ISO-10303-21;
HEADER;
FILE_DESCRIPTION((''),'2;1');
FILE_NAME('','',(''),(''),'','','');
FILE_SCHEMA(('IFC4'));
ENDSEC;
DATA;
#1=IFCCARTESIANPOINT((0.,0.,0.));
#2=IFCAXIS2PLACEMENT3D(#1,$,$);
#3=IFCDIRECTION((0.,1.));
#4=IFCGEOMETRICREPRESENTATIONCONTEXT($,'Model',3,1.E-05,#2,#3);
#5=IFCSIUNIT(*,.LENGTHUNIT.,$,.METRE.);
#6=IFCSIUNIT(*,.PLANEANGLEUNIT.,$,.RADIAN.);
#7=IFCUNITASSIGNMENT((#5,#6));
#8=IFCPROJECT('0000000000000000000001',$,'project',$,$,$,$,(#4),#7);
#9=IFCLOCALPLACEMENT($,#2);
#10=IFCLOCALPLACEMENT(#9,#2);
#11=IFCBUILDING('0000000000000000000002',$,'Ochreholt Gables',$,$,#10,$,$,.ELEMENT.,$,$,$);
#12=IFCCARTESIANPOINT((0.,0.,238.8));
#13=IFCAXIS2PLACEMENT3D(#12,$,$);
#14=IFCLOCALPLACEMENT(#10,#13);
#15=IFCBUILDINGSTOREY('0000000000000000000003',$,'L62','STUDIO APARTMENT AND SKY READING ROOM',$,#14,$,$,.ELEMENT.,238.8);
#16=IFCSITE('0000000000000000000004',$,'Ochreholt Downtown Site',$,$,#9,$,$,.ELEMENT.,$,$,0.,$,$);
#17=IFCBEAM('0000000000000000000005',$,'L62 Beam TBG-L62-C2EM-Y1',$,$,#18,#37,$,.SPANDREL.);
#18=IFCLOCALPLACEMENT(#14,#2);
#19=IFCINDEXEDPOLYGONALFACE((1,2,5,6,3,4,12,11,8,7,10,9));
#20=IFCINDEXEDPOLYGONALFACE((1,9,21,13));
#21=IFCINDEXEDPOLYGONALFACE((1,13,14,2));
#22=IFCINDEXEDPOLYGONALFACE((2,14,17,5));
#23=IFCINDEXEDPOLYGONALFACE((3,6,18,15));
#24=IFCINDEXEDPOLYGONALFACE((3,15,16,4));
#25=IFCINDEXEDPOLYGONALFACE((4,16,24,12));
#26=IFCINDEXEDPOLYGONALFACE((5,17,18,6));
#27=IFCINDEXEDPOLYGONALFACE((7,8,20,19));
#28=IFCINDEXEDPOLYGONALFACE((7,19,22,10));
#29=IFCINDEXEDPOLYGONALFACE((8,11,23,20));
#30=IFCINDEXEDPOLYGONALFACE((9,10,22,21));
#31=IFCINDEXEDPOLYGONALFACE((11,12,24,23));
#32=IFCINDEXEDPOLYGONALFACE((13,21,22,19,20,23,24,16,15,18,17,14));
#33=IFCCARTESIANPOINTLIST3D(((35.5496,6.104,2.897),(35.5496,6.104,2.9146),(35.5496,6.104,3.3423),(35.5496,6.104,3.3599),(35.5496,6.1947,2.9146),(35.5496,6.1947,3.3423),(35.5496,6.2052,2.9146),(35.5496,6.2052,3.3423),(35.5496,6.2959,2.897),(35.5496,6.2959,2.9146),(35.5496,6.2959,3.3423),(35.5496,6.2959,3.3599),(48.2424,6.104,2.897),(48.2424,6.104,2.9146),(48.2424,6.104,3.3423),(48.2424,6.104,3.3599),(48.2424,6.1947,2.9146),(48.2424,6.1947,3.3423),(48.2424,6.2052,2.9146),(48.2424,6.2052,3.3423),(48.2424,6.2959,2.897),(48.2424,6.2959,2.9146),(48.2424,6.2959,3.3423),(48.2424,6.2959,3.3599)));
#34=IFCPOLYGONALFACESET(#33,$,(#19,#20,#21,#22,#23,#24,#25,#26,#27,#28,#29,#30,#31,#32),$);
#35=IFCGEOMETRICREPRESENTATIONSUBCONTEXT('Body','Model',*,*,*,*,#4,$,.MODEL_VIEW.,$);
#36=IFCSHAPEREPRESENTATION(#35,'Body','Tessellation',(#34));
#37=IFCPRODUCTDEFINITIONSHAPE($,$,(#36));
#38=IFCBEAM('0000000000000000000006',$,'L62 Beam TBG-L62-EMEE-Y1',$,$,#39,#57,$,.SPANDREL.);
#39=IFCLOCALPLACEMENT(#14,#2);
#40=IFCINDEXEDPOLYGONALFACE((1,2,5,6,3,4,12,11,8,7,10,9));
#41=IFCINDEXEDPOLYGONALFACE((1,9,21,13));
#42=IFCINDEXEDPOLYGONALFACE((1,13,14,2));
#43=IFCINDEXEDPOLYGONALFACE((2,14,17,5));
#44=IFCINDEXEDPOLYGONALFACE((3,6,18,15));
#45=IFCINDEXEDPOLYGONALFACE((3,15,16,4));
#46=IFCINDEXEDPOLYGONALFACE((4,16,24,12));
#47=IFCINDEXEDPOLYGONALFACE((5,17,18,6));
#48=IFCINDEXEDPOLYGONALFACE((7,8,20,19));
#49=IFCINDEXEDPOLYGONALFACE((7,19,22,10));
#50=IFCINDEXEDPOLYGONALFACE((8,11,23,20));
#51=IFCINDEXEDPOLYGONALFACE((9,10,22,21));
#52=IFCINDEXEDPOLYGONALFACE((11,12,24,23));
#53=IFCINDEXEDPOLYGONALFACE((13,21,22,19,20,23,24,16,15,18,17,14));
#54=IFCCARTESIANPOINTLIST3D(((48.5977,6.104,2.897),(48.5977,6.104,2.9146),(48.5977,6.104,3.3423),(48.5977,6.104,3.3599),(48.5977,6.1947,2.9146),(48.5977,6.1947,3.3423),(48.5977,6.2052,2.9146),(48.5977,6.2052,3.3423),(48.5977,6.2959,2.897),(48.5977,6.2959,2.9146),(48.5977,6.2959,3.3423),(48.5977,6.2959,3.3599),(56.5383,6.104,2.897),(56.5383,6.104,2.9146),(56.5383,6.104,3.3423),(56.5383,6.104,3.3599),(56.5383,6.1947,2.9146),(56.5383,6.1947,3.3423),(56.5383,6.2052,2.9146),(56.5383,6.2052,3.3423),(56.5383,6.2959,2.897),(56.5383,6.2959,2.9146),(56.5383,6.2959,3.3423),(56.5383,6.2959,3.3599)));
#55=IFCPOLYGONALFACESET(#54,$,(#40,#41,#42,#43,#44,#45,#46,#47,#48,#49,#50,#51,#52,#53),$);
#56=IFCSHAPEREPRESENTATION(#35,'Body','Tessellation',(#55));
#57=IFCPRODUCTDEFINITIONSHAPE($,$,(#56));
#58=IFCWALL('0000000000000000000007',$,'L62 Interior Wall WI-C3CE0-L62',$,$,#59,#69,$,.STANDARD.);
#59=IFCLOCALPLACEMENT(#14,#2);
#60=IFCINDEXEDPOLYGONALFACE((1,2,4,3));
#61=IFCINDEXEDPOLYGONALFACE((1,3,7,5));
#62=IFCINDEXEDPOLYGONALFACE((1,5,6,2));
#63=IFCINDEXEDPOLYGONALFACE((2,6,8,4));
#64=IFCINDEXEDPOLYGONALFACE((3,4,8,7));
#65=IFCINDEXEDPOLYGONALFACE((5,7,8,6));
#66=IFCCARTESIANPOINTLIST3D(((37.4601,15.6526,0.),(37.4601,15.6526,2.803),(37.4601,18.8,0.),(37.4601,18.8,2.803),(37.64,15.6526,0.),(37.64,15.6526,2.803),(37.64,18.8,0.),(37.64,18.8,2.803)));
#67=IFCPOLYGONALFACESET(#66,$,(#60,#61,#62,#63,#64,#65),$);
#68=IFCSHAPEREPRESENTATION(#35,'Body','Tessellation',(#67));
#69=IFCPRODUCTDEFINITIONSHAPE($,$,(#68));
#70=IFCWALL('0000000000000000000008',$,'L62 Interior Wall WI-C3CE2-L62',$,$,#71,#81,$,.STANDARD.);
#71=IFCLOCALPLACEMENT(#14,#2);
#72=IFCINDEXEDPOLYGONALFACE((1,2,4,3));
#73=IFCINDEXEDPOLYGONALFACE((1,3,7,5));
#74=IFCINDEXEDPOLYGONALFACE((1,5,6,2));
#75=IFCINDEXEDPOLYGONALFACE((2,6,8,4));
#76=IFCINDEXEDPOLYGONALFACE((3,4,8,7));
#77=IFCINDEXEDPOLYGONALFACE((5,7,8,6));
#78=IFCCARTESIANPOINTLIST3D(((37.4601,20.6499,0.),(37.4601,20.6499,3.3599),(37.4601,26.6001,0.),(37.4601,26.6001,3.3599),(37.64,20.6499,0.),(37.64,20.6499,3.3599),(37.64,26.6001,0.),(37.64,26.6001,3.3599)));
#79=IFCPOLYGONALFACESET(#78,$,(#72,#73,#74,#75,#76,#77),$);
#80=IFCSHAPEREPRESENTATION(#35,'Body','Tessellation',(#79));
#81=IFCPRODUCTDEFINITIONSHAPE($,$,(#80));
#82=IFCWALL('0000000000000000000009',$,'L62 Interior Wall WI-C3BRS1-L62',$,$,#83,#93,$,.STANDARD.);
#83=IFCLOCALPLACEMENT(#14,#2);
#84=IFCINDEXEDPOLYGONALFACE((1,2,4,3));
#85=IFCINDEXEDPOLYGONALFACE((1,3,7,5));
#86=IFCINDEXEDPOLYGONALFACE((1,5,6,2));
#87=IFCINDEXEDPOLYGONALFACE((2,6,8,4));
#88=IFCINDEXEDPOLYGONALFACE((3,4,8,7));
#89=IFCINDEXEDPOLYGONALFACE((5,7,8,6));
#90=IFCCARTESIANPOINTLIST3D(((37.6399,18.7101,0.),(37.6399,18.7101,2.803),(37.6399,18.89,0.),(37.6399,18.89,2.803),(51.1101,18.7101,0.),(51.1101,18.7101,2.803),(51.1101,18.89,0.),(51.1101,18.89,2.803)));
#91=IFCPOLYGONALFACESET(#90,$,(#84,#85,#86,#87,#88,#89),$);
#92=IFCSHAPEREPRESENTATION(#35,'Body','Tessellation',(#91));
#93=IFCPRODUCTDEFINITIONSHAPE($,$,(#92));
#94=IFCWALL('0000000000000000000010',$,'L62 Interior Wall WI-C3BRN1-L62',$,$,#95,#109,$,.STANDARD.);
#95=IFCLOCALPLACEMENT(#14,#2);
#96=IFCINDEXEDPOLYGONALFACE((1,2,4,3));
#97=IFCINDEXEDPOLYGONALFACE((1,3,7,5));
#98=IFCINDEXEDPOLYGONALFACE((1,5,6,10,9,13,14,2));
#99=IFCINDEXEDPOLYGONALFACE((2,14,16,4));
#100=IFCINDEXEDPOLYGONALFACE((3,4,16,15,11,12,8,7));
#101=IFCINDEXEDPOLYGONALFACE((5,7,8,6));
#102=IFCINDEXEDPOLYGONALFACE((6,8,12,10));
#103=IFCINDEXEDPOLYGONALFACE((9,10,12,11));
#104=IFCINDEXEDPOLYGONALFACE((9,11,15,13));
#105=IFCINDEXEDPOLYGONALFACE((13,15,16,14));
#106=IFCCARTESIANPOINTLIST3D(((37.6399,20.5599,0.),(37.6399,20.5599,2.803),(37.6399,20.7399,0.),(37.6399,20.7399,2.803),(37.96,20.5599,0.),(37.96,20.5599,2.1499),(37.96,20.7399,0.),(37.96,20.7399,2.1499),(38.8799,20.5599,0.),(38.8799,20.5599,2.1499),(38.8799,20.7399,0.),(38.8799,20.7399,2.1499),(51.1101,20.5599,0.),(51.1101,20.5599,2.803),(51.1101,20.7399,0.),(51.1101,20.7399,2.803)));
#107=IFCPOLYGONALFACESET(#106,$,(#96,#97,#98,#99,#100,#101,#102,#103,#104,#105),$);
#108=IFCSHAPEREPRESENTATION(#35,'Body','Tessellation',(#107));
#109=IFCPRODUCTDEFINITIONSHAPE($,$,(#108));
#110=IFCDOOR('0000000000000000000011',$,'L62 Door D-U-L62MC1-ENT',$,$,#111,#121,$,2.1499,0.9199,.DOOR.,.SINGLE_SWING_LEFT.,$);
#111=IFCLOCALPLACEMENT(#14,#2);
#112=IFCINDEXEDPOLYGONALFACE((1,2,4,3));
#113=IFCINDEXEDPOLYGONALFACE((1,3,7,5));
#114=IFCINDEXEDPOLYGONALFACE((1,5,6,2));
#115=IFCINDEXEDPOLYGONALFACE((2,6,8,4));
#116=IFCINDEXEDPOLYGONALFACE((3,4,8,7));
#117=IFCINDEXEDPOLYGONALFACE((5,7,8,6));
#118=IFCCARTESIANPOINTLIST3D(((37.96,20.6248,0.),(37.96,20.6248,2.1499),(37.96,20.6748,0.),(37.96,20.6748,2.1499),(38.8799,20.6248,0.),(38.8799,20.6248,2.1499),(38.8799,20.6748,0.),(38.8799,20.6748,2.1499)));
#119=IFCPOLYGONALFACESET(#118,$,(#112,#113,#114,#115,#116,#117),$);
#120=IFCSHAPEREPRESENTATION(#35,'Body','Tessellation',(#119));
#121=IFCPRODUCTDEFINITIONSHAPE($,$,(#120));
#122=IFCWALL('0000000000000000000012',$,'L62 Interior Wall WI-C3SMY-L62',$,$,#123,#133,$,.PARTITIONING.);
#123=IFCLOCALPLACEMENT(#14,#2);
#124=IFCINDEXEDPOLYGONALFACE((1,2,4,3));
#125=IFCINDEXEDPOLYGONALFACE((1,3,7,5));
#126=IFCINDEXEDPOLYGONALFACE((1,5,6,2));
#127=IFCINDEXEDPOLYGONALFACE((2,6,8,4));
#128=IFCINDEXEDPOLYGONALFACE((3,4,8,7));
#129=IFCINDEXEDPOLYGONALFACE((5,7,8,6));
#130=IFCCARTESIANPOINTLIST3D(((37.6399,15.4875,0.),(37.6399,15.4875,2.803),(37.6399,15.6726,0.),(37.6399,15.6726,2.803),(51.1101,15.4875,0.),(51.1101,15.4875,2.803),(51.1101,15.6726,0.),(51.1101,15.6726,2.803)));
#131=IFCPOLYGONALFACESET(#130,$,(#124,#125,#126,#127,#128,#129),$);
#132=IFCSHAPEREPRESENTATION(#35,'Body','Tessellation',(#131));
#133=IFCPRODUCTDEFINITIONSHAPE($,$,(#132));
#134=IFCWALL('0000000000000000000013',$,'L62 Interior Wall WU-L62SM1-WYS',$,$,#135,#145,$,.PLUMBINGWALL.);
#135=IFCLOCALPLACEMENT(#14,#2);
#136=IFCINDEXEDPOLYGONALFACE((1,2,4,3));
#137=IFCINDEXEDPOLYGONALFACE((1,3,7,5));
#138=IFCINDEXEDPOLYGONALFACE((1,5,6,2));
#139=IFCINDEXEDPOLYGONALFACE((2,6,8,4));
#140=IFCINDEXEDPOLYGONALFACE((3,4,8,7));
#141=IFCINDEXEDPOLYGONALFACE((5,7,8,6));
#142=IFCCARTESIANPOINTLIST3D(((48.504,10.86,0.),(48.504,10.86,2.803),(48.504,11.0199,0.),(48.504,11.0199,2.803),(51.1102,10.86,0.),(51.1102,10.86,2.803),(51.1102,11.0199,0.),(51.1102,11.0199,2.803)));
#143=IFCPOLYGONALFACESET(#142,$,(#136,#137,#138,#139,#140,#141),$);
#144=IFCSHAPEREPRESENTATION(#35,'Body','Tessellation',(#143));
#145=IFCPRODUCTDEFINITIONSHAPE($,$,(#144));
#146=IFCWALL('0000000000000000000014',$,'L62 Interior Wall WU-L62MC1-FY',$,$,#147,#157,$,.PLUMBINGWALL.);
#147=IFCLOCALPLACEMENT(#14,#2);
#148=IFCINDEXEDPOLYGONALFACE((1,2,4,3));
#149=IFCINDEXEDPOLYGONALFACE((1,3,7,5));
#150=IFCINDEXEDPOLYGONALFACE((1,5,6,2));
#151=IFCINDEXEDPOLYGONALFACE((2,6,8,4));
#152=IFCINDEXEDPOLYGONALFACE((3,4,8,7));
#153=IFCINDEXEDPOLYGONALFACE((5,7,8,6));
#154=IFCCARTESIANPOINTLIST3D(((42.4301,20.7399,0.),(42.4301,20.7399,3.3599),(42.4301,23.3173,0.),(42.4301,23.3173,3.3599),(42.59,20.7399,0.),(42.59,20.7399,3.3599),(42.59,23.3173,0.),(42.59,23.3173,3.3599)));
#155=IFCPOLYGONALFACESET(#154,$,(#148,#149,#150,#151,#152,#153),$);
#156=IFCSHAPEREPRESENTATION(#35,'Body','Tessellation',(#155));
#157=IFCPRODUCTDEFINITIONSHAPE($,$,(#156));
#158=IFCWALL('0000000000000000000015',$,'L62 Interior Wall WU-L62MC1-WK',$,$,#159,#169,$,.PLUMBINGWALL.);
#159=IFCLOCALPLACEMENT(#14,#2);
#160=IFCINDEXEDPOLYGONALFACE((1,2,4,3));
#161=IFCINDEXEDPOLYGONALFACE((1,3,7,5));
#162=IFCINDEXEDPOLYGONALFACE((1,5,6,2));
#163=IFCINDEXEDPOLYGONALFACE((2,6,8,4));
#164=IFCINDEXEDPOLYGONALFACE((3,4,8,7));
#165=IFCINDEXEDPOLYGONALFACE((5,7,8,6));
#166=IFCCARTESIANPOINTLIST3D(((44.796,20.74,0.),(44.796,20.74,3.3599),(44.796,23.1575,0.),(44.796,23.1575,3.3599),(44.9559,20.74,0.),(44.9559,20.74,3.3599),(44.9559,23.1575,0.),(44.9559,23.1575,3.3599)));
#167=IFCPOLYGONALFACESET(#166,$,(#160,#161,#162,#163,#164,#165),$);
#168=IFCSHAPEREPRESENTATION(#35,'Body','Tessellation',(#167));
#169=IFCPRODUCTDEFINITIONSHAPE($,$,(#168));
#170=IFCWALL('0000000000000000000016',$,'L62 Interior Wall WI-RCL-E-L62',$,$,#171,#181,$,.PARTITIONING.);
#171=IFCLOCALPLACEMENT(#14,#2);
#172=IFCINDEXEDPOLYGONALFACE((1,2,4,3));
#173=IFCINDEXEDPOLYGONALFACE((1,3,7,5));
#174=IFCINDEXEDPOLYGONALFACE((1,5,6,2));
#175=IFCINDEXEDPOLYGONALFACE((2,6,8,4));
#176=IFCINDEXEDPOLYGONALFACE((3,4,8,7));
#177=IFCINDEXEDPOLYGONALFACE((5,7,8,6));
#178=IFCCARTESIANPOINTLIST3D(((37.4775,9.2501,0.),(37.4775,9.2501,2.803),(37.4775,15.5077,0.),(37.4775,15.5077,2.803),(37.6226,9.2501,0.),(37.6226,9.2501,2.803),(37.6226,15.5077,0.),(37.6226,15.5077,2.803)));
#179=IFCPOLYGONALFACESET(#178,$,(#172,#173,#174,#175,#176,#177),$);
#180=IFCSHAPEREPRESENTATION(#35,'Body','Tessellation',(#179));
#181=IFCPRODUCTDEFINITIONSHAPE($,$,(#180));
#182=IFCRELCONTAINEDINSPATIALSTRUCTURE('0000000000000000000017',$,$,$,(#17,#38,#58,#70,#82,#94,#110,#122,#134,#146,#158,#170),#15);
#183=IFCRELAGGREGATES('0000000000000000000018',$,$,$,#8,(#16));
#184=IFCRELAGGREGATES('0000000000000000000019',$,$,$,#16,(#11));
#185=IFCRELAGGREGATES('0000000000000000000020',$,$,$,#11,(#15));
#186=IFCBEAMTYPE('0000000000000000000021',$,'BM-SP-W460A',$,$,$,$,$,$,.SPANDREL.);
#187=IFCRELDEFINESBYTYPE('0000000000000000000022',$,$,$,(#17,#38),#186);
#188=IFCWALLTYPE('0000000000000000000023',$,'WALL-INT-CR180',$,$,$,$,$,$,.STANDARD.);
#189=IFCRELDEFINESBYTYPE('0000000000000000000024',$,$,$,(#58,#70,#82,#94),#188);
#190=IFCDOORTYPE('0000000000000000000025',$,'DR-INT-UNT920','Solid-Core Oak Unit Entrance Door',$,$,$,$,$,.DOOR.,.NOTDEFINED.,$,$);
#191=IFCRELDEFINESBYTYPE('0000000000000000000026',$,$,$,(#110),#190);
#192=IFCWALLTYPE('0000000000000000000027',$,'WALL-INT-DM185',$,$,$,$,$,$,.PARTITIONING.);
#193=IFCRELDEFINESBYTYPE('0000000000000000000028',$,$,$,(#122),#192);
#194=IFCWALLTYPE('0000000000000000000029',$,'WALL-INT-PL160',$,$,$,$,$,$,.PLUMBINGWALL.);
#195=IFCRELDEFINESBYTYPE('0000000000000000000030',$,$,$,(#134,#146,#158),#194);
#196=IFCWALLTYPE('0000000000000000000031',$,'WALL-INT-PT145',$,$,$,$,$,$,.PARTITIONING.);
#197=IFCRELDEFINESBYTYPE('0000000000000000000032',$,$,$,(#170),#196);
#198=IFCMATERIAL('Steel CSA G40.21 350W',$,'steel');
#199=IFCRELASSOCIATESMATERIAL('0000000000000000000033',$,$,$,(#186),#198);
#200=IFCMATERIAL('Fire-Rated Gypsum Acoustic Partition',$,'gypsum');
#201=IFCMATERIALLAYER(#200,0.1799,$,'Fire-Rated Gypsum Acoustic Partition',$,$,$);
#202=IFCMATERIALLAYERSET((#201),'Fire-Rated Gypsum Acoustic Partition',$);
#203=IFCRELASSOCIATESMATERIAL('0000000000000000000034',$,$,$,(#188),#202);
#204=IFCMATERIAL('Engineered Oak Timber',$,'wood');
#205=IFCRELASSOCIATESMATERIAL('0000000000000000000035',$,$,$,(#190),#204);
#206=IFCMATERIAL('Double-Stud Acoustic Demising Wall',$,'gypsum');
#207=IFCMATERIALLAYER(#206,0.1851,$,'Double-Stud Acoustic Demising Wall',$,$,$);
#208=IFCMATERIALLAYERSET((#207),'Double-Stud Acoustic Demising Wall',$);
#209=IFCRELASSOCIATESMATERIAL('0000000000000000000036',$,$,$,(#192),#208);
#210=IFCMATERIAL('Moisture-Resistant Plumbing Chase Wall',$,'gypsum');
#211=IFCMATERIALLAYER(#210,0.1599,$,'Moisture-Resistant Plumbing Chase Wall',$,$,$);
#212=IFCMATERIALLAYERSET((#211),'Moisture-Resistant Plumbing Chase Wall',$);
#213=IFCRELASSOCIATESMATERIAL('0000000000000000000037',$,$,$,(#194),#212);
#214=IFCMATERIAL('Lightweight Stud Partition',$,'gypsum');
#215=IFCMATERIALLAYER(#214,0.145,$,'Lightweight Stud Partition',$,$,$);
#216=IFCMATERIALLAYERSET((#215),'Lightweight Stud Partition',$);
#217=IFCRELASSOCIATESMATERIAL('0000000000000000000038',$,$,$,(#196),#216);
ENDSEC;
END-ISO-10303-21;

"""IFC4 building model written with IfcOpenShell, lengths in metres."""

from ifc_helpers import new_model, si_unit, direction, frame, frame_2d, origin, origin_2d, place, context, subcontext, project, spatial, rectangle, i_section, extrude, material, layer, layer_set, material_profile, profile_set, type_object, element, fill, save


model = new_model("IFC4")

# Units and contexts
model_context = context("Model", 3, precision=1e-05, world=origin(), true_north=direction((0.0, 1.0)))
body_context = subcontext(model_context, "Body", "Model", "MODEL_VIEW")
ifc_project = project(units=[si_unit("LENGTHUNIT", "METRE"), si_unit("PLANEANGLEUNIT", "RADIAN")], contexts=[model_context])

# Site, building, storey
site_placement = place(None, origin())
site = spatial("IfcSite", under=ifc_project, at=site_placement, Name="Ochreholt Downtown Site", CompositionType="ELEMENT", RefElevation=0.0)
building_placement = place(site_placement, origin())
building = spatial("IfcBuilding", under=site, at=building_placement, Name="Ochreholt Gables", CompositionType="ELEMENT")
storey_placement = place(building_placement, frame((0.0, 0.0, 238.8)))
storey = spatial("IfcBuildingStorey", under=building, at=storey_placement, Name="L62", Description="STUDIO APARTMENT AND SKY READING ROOM", CompositionType="ELEMENT", Elevation=238.8)

# Shared definitions
ifc_material_1 = material(Name="Steel CSA G40.21 350W", Category="steel")

# Beams
ifc_material_profile_1 = material_profile(ifc_material_1, i_section(OverallWidth=0.1919, OverallDepth=0.4629, WebThickness=0.0105, FlangeThickness=0.0176, at=origin_2d()), Name="W460X89")
ifc_profile_set_1 = profile_set([ifc_material_profile_1], Name="Steel CSA G40.21 350W")
beam_type_1 = type_object("IfcBeamType", Name="BM-SP-W460A", PredefinedType="SPANDREL", material=ifc_profile_set_1)
beam_1_placement = place(storey_placement, frame((35.5496, 6.2, 3.1284), z_axis=(1.0, 0.0, 0.0), x_axis=(0.0, 1.0, 0.0)))
element("IfcBeam", 1, at=beam_1_placement, inside=storey, type_object=beam_type_1, Name="L62 Beam TBG-L62-C2EM-Y1", PredefinedType="SPANDREL", context=body_context, shape_type="SweptSolid", body=[
    extrude(i_section(OverallWidth=0.1919, OverallDepth=0.4629, WebThickness=0.0105, FlangeThickness=0.0176, at=origin_2d()), origin(), (0.0, 0.0, 1.0), 12.6929),
])
beam_2_placement = place(storey_placement, frame((48.5977, 6.2, 3.1284), z_axis=(1.0, 0.0, 0.0), x_axis=(0.0, 1.0, 0.0)))
element("IfcBeam", 2, at=beam_2_placement, inside=storey, type_object=beam_type_1, Name="L62 Beam TBG-L62-EMEE-Y1", PredefinedType="SPANDREL", context=body_context, shape_type="SweptSolid", body=[
    extrude(i_section(OverallWidth=0.1919, OverallDepth=0.4629, WebThickness=0.0105, FlangeThickness=0.0176, at=origin_2d()), origin(), (0.0, 0.0, 1.0), 7.9407),
])

# Walls
ifc_material_2 = material(Name="Fire-Rated Gypsum Acoustic Partition", Category="gypsum")
ifc_layer_1 = layer(ifc_material_2, 0.1799, Name="Fire-Rated Gypsum Acoustic Partition")
ifc_layer_set_1 = layer_set([ifc_layer_1], Name="Fire-Rated Gypsum Acoustic Partition")
wall_type_1 = type_object("IfcWallType", Name="WALL-INT-CR180", PredefinedType="STANDARD", material=ifc_layer_set_1)
wall_1_placement = place(storey_placement, frame((37.55, 15.6526, 0.0), z_axis=(0.0, 0.0, 1.0), x_axis=(0.0, 1.0, 0.0)))
element("IfcWall", 3, at=wall_1_placement, inside=storey, type_object=wall_type_1, Name="L62 Interior Wall WI-C3CE0-L62", PredefinedType="STANDARD", context=body_context, shape_type="SweptSolid", body=[
    extrude(rectangle(XDim=3.1475, YDim=0.1799, at=frame_2d((1.5737, 0.0))), origin(), (0.0, 0.0, 1.0), 2.803),
])
wall_2_placement = place(storey_placement, frame((37.55, 20.6499, 0.0), z_axis=(0.0, 0.0, 1.0), x_axis=(0.0, 1.0, 0.0)))
element("IfcWall", 4, at=wall_2_placement, inside=storey, type_object=wall_type_1, Name="L62 Interior Wall WI-C3CE2-L62", PredefinedType="STANDARD", context=body_context, shape_type="SweptSolid", body=[
    extrude(rectangle(XDim=5.9502, YDim=0.1799, at=frame_2d((2.9751, 0.0))), origin(), (0.0, 0.0, 1.0), 3.3599),
])
wall_3_placement = place(storey_placement, frame((37.6399, 18.8, 0.0), z_axis=(0.0, 0.0, 1.0), x_axis=(1.0, 0.0, 0.0)))
element("IfcWall", 5, at=wall_3_placement, inside=storey, type_object=wall_type_1, Name="L62 Interior Wall WI-C3BRS1-L62", PredefinedType="STANDARD", context=body_context, shape_type="SweptSolid", body=[
    extrude(rectangle(XDim=13.4702, YDim=0.1799, at=frame_2d((6.7351, 0.0))), origin(), (0.0, 0.0, 1.0), 2.803),
])

# Wall, opening, door
wall_4_placement = place(storey_placement, frame((37.6399, 20.6499, 0.0), z_axis=(0.0, 0.0, 1.0), x_axis=(1.0, 0.0, 0.0)))
wall_4 = element("IfcWall", 6, at=wall_4_placement, inside=storey, type_object=wall_type_1, Name="L62 Interior Wall WI-C3BRN1-L62", PredefinedType="STANDARD", context=body_context, shape_type="SweptSolid", body=[
    extrude(rectangle(XDim=13.4702, YDim=0.1799, at=frame_2d((6.7351, 0.0))), origin(), (0.0, 0.0, 1.0), 2.803),
])
opening_1_placement = place(wall_4_placement, frame((0.3201, 0.0, 0.0)))
opening_1 = element("IfcOpeningElement", 7, at=opening_1_placement, cuts=wall_4, PredefinedType="OPENING", context=body_context, shape_type="SweptSolid", body=[
    extrude(rectangle(XDim=0.9199, YDim=2.1499, at=frame_2d((0.46, 1.075))), frame((0.0, 0.0999, 0.0), z_axis=(0.0, -1.0, 0.0), x_axis=(1.0, 0.0, 0.0)), (0.0, 0.0, 1.0), 0.2),
])
ifc_material_3 = material(Name="Engineered Oak Timber", Category="wood")
door_type_1 = type_object("IfcDoorType", Name="DR-INT-UNT920", Description="Solid-Core Oak Unit Entrance Door", OperationType="NOTDEFINED", PredefinedType="DOOR", material=ifc_material_3)
door_1_placement = place(opening_1_placement, origin())
door_1 = element("IfcDoor", 8, at=door_1_placement, inside=storey, type_object=door_type_1, Name="L62 Door D-U-L62MC1-ENT", OperationType="SINGLE_SWING_LEFT", OverallHeight=2.1499, OverallWidth=0.9199, PredefinedType="DOOR", context=body_context, shape_type="SweptSolid", body=[
    extrude(rectangle(XDim=0.9199, YDim=2.1499, at=frame_2d((0.46, 1.075))), frame((0.0, 0.0249, 0.0), z_axis=(0.0, -1.0, 0.0), x_axis=(1.0, 0.0, 0.0)), (0.0, 0.0, 1.0), 0.05),
])
fill(opening_1, door_1)

# Walls
ifc_material_4 = material(Name="Double-Stud Acoustic Demising Wall", Category="gypsum")
ifc_layer_2 = layer(ifc_material_4, 0.1851, Name="Double-Stud Acoustic Demising Wall")
ifc_layer_set_2 = layer_set([ifc_layer_2], Name="Double-Stud Acoustic Demising Wall")
wall_type_2 = type_object("IfcWallType", Name="WALL-INT-DM185", PredefinedType="PARTITIONING", material=ifc_layer_set_2)
wall_5_placement = place(storey_placement, frame((37.6399, 15.5801, 0.0), z_axis=(0.0, 0.0, 1.0), x_axis=(1.0, 0.0, 0.0)))
element("IfcWall", 9, at=wall_5_placement, inside=storey, type_object=wall_type_2, Name="L62 Interior Wall WI-C3SMY-L62", PredefinedType="PARTITIONING", context=body_context, shape_type="SweptSolid", body=[
    extrude(rectangle(XDim=13.4702, YDim=0.1851, at=frame_2d((6.7351, 0.0))), origin(), (0.0, 0.0, 1.0), 2.803),
])
ifc_material_5 = material(Name="Moisture-Resistant Plumbing Chase Wall", Category="gypsum")
ifc_layer_3 = layer(ifc_material_5, 0.1599, Name="Moisture-Resistant Plumbing Chase Wall")
ifc_layer_set_3 = layer_set([ifc_layer_3], Name="Moisture-Resistant Plumbing Chase Wall")
wall_type_3 = type_object("IfcWallType", Name="WALL-INT-PL160", PredefinedType="PLUMBINGWALL", material=ifc_layer_set_3)
wall_6_placement = place(storey_placement, frame((48.5039, 10.9399, 0.0), z_axis=(0.0, 0.0, 1.0), x_axis=(1.0, 0.0, 0.0)))
element("IfcWall", 10, at=wall_6_placement, inside=storey, type_object=wall_type_3, Name="L62 Interior Wall WU-L62SM1-WYS", PredefinedType="PLUMBINGWALL", context=body_context, shape_type="SweptSolid", body=[
    extrude(rectangle(XDim=2.6062, YDim=0.1599, at=frame_2d((1.3032, 0.0))), origin(), (0.0, 0.0, 1.0), 2.803),
])

# Walls
wall_7_placement = place(storey_placement, frame((42.51, 20.74, 0.0), z_axis=(0.0, 0.0, 1.0), x_axis=(0.0, 1.0, 0.0)))
element("IfcWall", 11, at=wall_7_placement, inside=storey, type_object=wall_type_3, Name="L62 Interior Wall WU-L62MC1-FY", PredefinedType="PLUMBINGWALL", context=body_context, shape_type="SweptSolid", body=[
    extrude(rectangle(XDim=2.5774, YDim=0.1599, at=frame_2d((1.2886, 0.0))), origin(), (0.0, 0.0, 1.0), 3.3599),
])
wall_8_placement = place(storey_placement, frame((44.876, 20.74, 0.0), z_axis=(0.0, 0.0, 1.0), x_axis=(0.0, 1.0, 0.0)))
element("IfcWall", 12, at=wall_8_placement, inside=storey, type_object=wall_type_3, Name="L62 Interior Wall WU-L62MC1-WK", PredefinedType="PLUMBINGWALL", context=body_context, shape_type="SweptSolid", body=[
    extrude(rectangle(XDim=2.4175, YDim=0.1599, at=frame_2d((1.2087, 0.0))), origin(), (0.0, 0.0, 1.0), 3.3599),
])
ifc_material_6 = material(Name="Lightweight Stud Partition", Category="gypsum")
ifc_layer_4 = layer(ifc_material_6, 0.145, Name="Lightweight Stud Partition")
ifc_layer_set_4 = layer_set([ifc_layer_4], Name="Lightweight Stud Partition")
wall_type_4 = type_object("IfcWallType", Name="WALL-INT-PT145", PredefinedType="PARTITIONING", material=ifc_layer_set_4)
wall_9_placement = place(storey_placement, frame((37.55, 9.25, 0.0), z_axis=(0.0, 0.0, 1.0), x_axis=(0.0, 1.0, 0.0)))
element("IfcWall", 13, at=wall_9_placement, inside=storey, type_object=wall_type_4, Name="L62 Interior Wall WI-RCL-E-L62", PredefinedType="PARTITIONING", context=body_context, shape_type="SweptSolid", body=[
    extrude(rectangle(XDim=6.2576, YDim=0.145, at=frame_2d((3.1289, 0.0))), origin(), (0.0, 0.0, 1.0), 2.803),
])

save(model, "model.ifc")
